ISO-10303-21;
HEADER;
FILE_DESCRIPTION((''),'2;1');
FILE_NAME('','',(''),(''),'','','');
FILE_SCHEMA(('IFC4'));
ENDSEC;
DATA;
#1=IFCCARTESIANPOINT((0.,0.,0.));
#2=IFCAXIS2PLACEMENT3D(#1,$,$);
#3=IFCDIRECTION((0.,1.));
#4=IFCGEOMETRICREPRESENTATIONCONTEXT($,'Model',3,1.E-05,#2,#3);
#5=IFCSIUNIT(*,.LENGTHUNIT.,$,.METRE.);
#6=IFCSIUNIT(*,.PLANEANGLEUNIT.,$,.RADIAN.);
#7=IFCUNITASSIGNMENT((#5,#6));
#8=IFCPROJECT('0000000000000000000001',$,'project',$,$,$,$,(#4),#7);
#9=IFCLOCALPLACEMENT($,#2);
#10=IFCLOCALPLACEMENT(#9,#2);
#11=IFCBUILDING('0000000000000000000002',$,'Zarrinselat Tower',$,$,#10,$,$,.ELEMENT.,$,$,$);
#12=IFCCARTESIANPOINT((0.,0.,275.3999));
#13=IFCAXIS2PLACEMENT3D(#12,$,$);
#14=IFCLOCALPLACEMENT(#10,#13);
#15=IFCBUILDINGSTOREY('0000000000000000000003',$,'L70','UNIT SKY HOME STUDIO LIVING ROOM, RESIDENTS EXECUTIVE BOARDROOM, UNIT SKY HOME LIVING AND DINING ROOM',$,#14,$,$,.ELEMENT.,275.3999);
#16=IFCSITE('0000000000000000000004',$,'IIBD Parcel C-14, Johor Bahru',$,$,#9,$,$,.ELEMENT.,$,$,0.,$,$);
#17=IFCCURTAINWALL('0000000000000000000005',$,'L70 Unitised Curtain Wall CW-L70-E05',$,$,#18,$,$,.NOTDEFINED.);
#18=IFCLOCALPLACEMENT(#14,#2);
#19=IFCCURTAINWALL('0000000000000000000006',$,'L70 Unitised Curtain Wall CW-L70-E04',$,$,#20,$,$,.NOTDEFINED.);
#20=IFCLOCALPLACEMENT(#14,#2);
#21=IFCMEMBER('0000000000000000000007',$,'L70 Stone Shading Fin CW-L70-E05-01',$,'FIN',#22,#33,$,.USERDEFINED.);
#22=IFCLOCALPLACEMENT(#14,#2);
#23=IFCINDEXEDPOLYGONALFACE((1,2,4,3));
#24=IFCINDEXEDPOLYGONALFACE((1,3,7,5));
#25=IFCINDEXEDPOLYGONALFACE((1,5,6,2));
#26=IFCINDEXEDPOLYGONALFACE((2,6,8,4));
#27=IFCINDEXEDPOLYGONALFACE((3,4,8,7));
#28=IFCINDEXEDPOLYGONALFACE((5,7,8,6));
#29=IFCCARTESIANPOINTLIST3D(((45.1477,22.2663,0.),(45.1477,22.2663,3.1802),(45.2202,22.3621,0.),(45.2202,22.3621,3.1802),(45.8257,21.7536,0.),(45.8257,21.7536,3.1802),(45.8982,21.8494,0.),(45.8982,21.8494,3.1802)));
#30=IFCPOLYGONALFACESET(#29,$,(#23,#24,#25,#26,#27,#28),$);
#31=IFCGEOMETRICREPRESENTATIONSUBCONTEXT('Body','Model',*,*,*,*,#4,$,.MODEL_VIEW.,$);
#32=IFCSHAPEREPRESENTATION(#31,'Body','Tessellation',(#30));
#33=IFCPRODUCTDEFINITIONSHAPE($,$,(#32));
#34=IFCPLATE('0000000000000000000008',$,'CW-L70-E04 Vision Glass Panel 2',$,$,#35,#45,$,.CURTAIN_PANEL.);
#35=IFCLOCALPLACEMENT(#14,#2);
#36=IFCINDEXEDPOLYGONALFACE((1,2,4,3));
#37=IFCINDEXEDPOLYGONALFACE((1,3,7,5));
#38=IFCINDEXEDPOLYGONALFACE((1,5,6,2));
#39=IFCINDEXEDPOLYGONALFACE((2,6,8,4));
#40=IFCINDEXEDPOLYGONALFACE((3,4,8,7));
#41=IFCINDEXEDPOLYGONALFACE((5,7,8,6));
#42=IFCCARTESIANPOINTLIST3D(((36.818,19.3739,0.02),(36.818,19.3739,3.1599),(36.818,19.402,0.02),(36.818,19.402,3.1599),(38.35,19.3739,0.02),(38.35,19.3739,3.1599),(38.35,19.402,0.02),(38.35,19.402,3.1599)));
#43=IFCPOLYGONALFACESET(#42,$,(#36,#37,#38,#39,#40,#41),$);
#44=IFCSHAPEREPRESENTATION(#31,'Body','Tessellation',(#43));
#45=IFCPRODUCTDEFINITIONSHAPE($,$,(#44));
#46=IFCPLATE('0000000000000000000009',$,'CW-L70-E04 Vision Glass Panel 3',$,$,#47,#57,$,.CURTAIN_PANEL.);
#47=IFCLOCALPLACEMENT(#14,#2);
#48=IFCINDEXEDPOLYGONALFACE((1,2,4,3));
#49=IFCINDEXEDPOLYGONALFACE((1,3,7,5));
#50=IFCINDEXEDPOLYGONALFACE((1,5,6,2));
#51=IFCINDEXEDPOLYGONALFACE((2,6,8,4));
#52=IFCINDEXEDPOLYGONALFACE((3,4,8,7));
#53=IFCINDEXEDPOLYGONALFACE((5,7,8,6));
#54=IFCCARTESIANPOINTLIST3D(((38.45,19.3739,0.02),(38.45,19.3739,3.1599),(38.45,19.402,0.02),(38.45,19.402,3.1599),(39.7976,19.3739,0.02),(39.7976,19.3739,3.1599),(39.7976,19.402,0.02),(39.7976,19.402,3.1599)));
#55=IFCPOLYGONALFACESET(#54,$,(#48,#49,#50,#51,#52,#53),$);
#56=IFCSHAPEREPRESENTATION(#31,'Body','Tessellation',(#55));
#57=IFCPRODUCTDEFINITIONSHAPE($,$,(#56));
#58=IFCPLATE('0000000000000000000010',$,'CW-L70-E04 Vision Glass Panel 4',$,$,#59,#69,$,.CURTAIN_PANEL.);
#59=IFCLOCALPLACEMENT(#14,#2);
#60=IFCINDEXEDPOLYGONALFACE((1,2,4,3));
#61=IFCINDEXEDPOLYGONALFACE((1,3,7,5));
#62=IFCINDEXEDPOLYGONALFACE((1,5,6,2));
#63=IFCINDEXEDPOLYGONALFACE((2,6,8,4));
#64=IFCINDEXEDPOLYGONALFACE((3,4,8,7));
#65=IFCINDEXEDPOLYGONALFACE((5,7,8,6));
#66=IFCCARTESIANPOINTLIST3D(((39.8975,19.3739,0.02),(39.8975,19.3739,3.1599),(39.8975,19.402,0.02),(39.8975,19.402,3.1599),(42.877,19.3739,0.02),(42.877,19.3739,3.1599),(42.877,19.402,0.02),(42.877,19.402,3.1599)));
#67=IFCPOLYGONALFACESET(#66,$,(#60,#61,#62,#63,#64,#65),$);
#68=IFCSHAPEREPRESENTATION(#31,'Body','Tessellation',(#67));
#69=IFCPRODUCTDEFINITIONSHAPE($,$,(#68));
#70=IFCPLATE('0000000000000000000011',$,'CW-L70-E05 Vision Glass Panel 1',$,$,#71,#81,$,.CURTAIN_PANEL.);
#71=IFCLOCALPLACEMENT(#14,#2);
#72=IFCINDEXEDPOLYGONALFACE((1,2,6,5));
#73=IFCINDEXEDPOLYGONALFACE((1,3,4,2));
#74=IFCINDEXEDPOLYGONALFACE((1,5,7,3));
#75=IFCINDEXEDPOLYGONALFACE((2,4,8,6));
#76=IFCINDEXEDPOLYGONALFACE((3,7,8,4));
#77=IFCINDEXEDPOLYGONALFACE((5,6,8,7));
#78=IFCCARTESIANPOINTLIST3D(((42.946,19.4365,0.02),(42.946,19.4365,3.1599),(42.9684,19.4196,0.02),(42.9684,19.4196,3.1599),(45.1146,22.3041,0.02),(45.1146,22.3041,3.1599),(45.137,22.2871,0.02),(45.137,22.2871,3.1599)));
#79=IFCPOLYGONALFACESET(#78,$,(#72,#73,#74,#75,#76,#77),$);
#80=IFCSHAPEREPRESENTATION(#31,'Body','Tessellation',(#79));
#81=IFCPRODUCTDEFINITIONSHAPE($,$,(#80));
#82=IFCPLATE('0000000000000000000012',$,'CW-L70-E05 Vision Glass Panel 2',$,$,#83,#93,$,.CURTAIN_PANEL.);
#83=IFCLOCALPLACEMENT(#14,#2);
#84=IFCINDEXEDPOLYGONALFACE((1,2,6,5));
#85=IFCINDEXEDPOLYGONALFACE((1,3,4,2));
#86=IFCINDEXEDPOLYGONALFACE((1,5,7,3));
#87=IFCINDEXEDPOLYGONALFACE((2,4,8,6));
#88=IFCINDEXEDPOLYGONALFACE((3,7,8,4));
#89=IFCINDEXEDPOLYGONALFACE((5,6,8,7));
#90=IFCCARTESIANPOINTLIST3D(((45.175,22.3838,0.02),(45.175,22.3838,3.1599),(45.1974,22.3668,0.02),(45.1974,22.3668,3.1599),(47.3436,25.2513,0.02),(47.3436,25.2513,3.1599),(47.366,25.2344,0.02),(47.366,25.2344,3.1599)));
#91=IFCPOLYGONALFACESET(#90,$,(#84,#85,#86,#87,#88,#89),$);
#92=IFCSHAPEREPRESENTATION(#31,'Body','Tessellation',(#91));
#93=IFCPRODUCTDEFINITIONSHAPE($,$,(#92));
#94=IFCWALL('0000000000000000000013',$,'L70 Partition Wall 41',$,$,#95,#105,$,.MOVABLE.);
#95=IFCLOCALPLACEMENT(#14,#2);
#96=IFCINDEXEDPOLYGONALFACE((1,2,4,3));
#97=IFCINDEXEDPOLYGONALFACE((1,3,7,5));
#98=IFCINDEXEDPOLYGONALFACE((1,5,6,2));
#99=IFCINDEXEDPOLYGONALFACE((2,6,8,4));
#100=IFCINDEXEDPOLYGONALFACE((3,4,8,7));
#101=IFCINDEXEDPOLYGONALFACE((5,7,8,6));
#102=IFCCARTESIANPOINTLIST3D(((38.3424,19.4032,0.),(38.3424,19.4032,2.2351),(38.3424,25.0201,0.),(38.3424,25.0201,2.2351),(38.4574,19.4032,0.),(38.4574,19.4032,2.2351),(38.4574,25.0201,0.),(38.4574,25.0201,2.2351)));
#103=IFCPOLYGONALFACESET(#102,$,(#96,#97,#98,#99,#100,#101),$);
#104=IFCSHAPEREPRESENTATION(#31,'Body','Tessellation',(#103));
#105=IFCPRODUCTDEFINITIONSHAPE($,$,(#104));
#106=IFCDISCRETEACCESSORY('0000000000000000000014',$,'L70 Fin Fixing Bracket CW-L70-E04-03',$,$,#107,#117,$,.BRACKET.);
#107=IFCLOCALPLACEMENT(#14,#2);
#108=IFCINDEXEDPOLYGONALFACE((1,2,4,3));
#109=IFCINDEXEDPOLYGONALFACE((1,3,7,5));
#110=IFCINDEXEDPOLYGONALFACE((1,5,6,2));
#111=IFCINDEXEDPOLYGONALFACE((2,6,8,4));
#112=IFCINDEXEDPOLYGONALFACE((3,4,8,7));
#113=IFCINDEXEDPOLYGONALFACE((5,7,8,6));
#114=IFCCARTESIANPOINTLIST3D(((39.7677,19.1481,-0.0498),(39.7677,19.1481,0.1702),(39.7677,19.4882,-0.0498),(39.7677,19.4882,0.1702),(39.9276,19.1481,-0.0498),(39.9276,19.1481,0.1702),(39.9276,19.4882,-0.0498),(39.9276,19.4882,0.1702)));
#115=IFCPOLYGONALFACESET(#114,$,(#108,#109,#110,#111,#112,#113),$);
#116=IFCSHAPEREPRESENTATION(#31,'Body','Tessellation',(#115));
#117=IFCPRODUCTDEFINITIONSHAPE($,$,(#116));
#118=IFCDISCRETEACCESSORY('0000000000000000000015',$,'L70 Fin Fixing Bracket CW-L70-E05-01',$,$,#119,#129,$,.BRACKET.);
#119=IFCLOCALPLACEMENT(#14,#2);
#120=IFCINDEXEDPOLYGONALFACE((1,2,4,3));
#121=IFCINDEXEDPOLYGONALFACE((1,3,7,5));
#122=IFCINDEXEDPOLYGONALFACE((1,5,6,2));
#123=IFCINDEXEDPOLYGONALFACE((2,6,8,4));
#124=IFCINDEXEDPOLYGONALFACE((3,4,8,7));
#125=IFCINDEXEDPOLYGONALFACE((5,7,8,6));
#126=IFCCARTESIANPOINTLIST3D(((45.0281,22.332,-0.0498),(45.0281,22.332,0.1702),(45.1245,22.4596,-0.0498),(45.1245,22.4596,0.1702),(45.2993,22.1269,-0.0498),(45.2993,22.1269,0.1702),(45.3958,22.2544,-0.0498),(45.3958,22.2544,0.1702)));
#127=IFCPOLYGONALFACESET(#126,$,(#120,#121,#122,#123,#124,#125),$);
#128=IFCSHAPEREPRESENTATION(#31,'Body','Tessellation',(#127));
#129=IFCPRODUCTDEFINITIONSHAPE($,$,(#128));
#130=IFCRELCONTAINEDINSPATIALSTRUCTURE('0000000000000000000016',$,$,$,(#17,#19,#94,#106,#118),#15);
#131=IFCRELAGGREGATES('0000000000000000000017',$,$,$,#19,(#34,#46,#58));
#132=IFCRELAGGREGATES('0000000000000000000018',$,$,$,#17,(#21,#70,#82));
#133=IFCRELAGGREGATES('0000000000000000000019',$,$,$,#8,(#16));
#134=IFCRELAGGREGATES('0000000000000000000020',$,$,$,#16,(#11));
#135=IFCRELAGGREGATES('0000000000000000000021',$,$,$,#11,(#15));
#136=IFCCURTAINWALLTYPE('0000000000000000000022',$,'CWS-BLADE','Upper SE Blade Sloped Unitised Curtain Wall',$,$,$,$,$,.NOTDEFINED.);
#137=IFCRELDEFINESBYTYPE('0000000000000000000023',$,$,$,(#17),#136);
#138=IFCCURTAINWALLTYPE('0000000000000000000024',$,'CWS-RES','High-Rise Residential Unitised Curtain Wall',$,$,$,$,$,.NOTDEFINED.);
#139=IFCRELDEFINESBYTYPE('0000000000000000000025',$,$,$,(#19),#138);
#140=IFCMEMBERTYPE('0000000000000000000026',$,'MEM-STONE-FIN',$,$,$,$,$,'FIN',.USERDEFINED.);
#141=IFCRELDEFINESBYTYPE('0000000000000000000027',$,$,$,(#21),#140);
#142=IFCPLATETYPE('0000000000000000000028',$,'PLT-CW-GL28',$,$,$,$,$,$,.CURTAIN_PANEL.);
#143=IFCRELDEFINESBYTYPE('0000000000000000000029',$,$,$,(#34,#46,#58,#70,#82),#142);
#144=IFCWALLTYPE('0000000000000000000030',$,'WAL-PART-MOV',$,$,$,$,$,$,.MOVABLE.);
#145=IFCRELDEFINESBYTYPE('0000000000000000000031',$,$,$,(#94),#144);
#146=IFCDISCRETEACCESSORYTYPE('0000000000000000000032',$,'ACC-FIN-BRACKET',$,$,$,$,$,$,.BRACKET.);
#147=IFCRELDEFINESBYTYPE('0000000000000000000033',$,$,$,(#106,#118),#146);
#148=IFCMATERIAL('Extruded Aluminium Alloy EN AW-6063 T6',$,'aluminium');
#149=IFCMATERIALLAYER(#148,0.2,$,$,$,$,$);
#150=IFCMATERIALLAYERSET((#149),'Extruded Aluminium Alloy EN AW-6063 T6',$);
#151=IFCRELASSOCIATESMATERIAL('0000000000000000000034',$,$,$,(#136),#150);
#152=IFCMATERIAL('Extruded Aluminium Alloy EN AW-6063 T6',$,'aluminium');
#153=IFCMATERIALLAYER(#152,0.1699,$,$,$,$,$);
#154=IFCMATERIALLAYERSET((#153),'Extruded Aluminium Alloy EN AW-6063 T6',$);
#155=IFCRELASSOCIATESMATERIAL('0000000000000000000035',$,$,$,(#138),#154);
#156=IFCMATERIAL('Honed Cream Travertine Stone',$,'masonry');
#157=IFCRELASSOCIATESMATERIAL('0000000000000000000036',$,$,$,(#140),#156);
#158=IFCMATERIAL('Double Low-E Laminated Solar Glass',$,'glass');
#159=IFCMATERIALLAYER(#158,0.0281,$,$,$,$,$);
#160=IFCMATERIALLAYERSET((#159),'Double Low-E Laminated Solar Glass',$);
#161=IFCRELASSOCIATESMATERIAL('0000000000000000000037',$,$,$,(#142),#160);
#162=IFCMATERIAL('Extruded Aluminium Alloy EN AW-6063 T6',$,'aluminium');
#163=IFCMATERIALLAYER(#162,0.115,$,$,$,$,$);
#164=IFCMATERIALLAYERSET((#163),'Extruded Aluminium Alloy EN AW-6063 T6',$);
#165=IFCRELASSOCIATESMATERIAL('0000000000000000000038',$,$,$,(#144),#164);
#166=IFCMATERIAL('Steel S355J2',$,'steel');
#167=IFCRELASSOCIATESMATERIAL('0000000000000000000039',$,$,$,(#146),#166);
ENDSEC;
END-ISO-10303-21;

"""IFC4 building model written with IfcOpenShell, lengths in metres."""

from ifc_helpers import new_model, si_unit, direction, frame, frame_2d, origin, origin_2d, place, context, subcontext, project, spatial, rectangle, extrude, material, layer, layer_set, material_profile, profile_set, type_object, element, aggregate, save


model = new_model("IFC4")

# Units and contexts
model_context = context("Model", 3, precision=1e-05, world=origin(), true_north=direction((0.0, 1.0)))
body_context = subcontext(model_context, "Body", "Model", "MODEL_VIEW")
ifc_project = project(units=[si_unit("LENGTHUNIT", "METRE"), si_unit("PLANEANGLEUNIT", "RADIAN")], contexts=[model_context])

# Site, building, storey
site_placement = place(None, origin())
site = spatial("IfcSite", under=ifc_project, at=site_placement, Name="IIBD Parcel C-14, Johor Bahru", CompositionType="ELEMENT", RefElevation=0.0)
building_placement = place(site_placement, origin())
building = spatial("IfcBuilding", under=site, at=building_placement, Name="Zarrinselat Tower", CompositionType="ELEMENT")
storey_placement = place(building_placement, frame((0.0, 0.0, 275.3999)))
storey = spatial("IfcBuildingStorey", under=building, at=storey_placement, Name="L70", Description="UNIT SKY HOME STUDIO LIVING ROOM, RESIDENTS EXECUTIVE BOARDROOM, UNIT SKY HOME LIVING AND DINING ROOM", CompositionType="ELEMENT", Elevation=275.3999)

# Curtain wall
ifc_material_1 = material(Name="Extruded Aluminium Alloy EN AW-6063 T6", Category="aluminium")
ifc_layer_1 = layer(ifc_material_1, 0.2)
ifc_layer_set_1 = layer_set([ifc_layer_1], Name="Extruded Aluminium Alloy EN AW-6063 T6")
curtain_wall_type_1 = type_object("IfcCurtainWallType", Name="CWS-BLADE", Description="Upper SE Blade Sloped Unitised Curtain Wall", PredefinedType="NOTDEFINED", material=ifc_layer_set_1)
curtain_wall_1_placement = place(storey_placement, origin())
curtain_wall_1 = element("IfcCurtainWall", 1, at=curtain_wall_1_placement, inside=storey, type_object=curtain_wall_type_1, Name="L70 Unitised Curtain Wall CW-L70-E05", PredefinedType="NOTDEFINED")

# Curtain wall
ifc_material_2 = material(Name="Extruded Aluminium Alloy EN AW-6063 T6", Category="aluminium")
ifc_layer_2 = layer(ifc_material_2, 0.1699)
ifc_layer_set_2 = layer_set([ifc_layer_2], Name="Extruded Aluminium Alloy EN AW-6063 T6")
curtain_wall_type_2 = type_object("IfcCurtainWallType", Name="CWS-RES", Description="High-Rise Residential Unitised Curtain Wall", PredefinedType="NOTDEFINED", material=ifc_layer_set_2)
curtain_wall_2_placement = place(storey_placement, origin())
curtain_wall_2 = element("IfcCurtainWall", 2, at=curtain_wall_2_placement, inside=storey, type_object=curtain_wall_type_2, Name="L70 Unitised Curtain Wall CW-L70-E04", PredefinedType="NOTDEFINED")

# Member
ifc_material_3 = material(Name="Honed Cream Travertine Stone", Category="masonry")
ifc_material_profile_1 = material_profile(ifc_material_3, rectangle(XDim=0.1201, YDim=0.8501, at=origin_2d()), Name="FIN 850x120")
ifc_profile_set_1 = profile_set([ifc_material_profile_1], Name="Honed Cream Travertine Stone")
member_type_1 = type_object("IfcMemberType", Name="MEM-STONE-FIN", ElementType="FIN", PredefinedType="USERDEFINED", material=ifc_profile_set_1)
member_1_placement = place(storey_placement, frame((45.5229, 22.0579, 0.0), z_axis=(0.0, 0.0, 1.0), x_axis=(-0.60317, -0.797613, 0.0)))
member_1 = element("IfcMember", 3, at=member_1_placement, type_object=member_type_1, Name="L70 Stone Shading Fin CW-L70-E05-01", ObjectType="FIN", PredefinedType="USERDEFINED", context=body_context, shape_type="SweptSolid", body=[
    extrude(rectangle(XDim=0.1201, YDim=0.8501, at=origin_2d()), origin(), (0.0, 0.0, 1.0), 3.1802),
])

# Plates
ifc_material_4 = material(Name="Double Low-E Laminated Solar Glass", Category="glass")
ifc_layer_3 = layer(ifc_material_4, 0.0281)
ifc_layer_set_3 = layer_set([ifc_layer_3], Name="Double Low-E Laminated Solar Glass")
plate_type = type_object("IfcPlateType", Name="PLT-CW-GL28", PredefinedType="CURTAIN_PANEL", material=ifc_layer_set_3)
plate_1_placement = place(storey_placement, frame((37.584, 19.3879, 0.02), z_axis=(0.0, 0.0, 1.0), x_axis=(1.0, 0.0, 0.0)))
plate_1 = element("IfcPlate", 4, at=plate_1_placement, type_object=plate_type, Name="CW-L70-E04 Vision Glass Panel 2", PredefinedType="CURTAIN_PANEL", context=body_context, shape_type="SweptSolid", body=[
    extrude(rectangle(XDim=1.532, YDim=0.0281, at=origin_2d()), origin(), (0.0, 0.0, 1.0), 3.1399),
])
plate_2_placement = place(storey_placement, frame((39.1238, 19.3879, 0.02), z_axis=(0.0, 0.0, 1.0), x_axis=(1.0, 0.0, 0.0)))
plate_2 = element("IfcPlate", 5, at=plate_2_placement, type_object=plate_type, Name="CW-L70-E04 Vision Glass Panel 3", PredefinedType="CURTAIN_PANEL", context=body_context, shape_type="SweptSolid", body=[
    extrude(rectangle(XDim=1.3477, YDim=0.0281, at=origin_2d()), origin(), (0.0, 0.0, 1.0), 3.1399),
])
plate_3_placement = place(storey_placement, frame((41.3872, 19.3879, 0.02), z_axis=(0.0, 0.0, 1.0), x_axis=(1.0, 0.0, 0.0)))
plate_3 = element("IfcPlate", 6, at=plate_3_placement, type_object=plate_type, Name="CW-L70-E04 Vision Glass Panel 4", PredefinedType="CURTAIN_PANEL", context=body_context, shape_type="SweptSolid", body=[
    extrude(rectangle(XDim=2.9795, YDim=0.0281, at=origin_2d()), origin(), (0.0, 0.0, 1.0), 3.1399),
])
aggregate(curtain_wall_2, [plate_1, plate_2, plate_3])
plate_4_placement = place(storey_placement, frame((44.0415, 20.8618, 0.02), z_axis=(0.0, 0.0, 1.0), x_axis=(0.60317, 0.797613, 0.0)))
plate_4 = element("IfcPlate", 7, at=plate_4_placement, type_object=plate_type, Name="CW-L70-E05 Vision Glass Panel 1", PredefinedType="CURTAIN_PANEL", context=body_context, shape_type="SweptSolid", body=[
    extrude(rectangle(XDim=3.5952, YDim=0.0281, at=origin_2d()), origin(), (0.0, 0.0, 1.0), 3.1399),
])
plate_5_placement = place(storey_placement, frame((46.2705, 23.8091, 0.02), z_axis=(0.0, 0.0, 1.0), x_axis=(0.60317, 0.797613, 0.0)))
plate_5 = element("IfcPlate", 8, at=plate_5_placement, type_object=plate_type, Name="CW-L70-E05 Vision Glass Panel 2", PredefinedType="CURTAIN_PANEL", context=body_context, shape_type="SweptSolid", body=[
    extrude(rectangle(XDim=3.5952, YDim=0.0281, at=origin_2d()), origin(), (0.0, 0.0, 1.0), 3.1399),
])
aggregate(curtain_wall_1, [member_1, plate_4, plate_5])

# Wall
ifc_material_5 = material(Name="Extruded Aluminium Alloy EN AW-6063 T6", Category="aluminium")
ifc_layer_4 = layer(ifc_material_5, 0.115)
ifc_layer_set_4 = layer_set([ifc_layer_4], Name="Extruded Aluminium Alloy EN AW-6063 T6")
wall_type = type_object("IfcWallType", Name="WAL-PART-MOV", PredefinedType="MOVABLE", material=ifc_layer_set_4)
wall_placement = place(storey_placement, frame((38.3999, 19.4031, 0.0), z_axis=(0.0, 0.0, 1.0), x_axis=(0.0, 1.0, 0.0)))
element("IfcWall", 9, at=wall_placement, inside=storey, type_object=wall_type, Name="L70 Partition Wall 41", PredefinedType="MOVABLE", context=body_context, shape_type="SweptSolid", body=[
    extrude(rectangle(XDim=5.6169, YDim=0.115, at=frame_2d((2.8086, 0.0))), origin(), (0.0, 0.0, 1.0), 2.2351),
])

# Discrete accessories
ifc_material_6 = material(Name="Steel S355J2", Category="steel")
discrete_accessory_type = type_object("IfcDiscreteAccessoryType", Name="ACC-FIN-BRACKET", PredefinedType="BRACKET", material=ifc_material_6)
for number, where, z_axis, x_axis, name in (
    (10, (39.8477, 19.3181, -0.0498), (0.0, 0.0, 1.0), (0.0, -1.0, 0.0), "L70 Fin Fixing Bracket CW-L70-E04-03"),
    (11, (45.2119, 22.2932, -0.0498), (0.0, 0.0, 1.0), (0.797613, -0.60317, 0.0), "L70 Fin Fixing Bracket CW-L70-E05-01"),
):
    element("IfcDiscreteAccessory", number, at=place(storey_placement, frame(where, z_axis=z_axis, x_axis=x_axis)), inside=storey, type_object=discrete_accessory_type, Name=name, PredefinedType="BRACKET", context=body_context, shape_type="SweptSolid", body=[
        extrude(rectangle(XDim=0.3401, YDim=0.1599, at=origin_2d()), origin(), (0.0, 0.0, 1.0), 0.22),
    ])

save(model, "model.ifc")
